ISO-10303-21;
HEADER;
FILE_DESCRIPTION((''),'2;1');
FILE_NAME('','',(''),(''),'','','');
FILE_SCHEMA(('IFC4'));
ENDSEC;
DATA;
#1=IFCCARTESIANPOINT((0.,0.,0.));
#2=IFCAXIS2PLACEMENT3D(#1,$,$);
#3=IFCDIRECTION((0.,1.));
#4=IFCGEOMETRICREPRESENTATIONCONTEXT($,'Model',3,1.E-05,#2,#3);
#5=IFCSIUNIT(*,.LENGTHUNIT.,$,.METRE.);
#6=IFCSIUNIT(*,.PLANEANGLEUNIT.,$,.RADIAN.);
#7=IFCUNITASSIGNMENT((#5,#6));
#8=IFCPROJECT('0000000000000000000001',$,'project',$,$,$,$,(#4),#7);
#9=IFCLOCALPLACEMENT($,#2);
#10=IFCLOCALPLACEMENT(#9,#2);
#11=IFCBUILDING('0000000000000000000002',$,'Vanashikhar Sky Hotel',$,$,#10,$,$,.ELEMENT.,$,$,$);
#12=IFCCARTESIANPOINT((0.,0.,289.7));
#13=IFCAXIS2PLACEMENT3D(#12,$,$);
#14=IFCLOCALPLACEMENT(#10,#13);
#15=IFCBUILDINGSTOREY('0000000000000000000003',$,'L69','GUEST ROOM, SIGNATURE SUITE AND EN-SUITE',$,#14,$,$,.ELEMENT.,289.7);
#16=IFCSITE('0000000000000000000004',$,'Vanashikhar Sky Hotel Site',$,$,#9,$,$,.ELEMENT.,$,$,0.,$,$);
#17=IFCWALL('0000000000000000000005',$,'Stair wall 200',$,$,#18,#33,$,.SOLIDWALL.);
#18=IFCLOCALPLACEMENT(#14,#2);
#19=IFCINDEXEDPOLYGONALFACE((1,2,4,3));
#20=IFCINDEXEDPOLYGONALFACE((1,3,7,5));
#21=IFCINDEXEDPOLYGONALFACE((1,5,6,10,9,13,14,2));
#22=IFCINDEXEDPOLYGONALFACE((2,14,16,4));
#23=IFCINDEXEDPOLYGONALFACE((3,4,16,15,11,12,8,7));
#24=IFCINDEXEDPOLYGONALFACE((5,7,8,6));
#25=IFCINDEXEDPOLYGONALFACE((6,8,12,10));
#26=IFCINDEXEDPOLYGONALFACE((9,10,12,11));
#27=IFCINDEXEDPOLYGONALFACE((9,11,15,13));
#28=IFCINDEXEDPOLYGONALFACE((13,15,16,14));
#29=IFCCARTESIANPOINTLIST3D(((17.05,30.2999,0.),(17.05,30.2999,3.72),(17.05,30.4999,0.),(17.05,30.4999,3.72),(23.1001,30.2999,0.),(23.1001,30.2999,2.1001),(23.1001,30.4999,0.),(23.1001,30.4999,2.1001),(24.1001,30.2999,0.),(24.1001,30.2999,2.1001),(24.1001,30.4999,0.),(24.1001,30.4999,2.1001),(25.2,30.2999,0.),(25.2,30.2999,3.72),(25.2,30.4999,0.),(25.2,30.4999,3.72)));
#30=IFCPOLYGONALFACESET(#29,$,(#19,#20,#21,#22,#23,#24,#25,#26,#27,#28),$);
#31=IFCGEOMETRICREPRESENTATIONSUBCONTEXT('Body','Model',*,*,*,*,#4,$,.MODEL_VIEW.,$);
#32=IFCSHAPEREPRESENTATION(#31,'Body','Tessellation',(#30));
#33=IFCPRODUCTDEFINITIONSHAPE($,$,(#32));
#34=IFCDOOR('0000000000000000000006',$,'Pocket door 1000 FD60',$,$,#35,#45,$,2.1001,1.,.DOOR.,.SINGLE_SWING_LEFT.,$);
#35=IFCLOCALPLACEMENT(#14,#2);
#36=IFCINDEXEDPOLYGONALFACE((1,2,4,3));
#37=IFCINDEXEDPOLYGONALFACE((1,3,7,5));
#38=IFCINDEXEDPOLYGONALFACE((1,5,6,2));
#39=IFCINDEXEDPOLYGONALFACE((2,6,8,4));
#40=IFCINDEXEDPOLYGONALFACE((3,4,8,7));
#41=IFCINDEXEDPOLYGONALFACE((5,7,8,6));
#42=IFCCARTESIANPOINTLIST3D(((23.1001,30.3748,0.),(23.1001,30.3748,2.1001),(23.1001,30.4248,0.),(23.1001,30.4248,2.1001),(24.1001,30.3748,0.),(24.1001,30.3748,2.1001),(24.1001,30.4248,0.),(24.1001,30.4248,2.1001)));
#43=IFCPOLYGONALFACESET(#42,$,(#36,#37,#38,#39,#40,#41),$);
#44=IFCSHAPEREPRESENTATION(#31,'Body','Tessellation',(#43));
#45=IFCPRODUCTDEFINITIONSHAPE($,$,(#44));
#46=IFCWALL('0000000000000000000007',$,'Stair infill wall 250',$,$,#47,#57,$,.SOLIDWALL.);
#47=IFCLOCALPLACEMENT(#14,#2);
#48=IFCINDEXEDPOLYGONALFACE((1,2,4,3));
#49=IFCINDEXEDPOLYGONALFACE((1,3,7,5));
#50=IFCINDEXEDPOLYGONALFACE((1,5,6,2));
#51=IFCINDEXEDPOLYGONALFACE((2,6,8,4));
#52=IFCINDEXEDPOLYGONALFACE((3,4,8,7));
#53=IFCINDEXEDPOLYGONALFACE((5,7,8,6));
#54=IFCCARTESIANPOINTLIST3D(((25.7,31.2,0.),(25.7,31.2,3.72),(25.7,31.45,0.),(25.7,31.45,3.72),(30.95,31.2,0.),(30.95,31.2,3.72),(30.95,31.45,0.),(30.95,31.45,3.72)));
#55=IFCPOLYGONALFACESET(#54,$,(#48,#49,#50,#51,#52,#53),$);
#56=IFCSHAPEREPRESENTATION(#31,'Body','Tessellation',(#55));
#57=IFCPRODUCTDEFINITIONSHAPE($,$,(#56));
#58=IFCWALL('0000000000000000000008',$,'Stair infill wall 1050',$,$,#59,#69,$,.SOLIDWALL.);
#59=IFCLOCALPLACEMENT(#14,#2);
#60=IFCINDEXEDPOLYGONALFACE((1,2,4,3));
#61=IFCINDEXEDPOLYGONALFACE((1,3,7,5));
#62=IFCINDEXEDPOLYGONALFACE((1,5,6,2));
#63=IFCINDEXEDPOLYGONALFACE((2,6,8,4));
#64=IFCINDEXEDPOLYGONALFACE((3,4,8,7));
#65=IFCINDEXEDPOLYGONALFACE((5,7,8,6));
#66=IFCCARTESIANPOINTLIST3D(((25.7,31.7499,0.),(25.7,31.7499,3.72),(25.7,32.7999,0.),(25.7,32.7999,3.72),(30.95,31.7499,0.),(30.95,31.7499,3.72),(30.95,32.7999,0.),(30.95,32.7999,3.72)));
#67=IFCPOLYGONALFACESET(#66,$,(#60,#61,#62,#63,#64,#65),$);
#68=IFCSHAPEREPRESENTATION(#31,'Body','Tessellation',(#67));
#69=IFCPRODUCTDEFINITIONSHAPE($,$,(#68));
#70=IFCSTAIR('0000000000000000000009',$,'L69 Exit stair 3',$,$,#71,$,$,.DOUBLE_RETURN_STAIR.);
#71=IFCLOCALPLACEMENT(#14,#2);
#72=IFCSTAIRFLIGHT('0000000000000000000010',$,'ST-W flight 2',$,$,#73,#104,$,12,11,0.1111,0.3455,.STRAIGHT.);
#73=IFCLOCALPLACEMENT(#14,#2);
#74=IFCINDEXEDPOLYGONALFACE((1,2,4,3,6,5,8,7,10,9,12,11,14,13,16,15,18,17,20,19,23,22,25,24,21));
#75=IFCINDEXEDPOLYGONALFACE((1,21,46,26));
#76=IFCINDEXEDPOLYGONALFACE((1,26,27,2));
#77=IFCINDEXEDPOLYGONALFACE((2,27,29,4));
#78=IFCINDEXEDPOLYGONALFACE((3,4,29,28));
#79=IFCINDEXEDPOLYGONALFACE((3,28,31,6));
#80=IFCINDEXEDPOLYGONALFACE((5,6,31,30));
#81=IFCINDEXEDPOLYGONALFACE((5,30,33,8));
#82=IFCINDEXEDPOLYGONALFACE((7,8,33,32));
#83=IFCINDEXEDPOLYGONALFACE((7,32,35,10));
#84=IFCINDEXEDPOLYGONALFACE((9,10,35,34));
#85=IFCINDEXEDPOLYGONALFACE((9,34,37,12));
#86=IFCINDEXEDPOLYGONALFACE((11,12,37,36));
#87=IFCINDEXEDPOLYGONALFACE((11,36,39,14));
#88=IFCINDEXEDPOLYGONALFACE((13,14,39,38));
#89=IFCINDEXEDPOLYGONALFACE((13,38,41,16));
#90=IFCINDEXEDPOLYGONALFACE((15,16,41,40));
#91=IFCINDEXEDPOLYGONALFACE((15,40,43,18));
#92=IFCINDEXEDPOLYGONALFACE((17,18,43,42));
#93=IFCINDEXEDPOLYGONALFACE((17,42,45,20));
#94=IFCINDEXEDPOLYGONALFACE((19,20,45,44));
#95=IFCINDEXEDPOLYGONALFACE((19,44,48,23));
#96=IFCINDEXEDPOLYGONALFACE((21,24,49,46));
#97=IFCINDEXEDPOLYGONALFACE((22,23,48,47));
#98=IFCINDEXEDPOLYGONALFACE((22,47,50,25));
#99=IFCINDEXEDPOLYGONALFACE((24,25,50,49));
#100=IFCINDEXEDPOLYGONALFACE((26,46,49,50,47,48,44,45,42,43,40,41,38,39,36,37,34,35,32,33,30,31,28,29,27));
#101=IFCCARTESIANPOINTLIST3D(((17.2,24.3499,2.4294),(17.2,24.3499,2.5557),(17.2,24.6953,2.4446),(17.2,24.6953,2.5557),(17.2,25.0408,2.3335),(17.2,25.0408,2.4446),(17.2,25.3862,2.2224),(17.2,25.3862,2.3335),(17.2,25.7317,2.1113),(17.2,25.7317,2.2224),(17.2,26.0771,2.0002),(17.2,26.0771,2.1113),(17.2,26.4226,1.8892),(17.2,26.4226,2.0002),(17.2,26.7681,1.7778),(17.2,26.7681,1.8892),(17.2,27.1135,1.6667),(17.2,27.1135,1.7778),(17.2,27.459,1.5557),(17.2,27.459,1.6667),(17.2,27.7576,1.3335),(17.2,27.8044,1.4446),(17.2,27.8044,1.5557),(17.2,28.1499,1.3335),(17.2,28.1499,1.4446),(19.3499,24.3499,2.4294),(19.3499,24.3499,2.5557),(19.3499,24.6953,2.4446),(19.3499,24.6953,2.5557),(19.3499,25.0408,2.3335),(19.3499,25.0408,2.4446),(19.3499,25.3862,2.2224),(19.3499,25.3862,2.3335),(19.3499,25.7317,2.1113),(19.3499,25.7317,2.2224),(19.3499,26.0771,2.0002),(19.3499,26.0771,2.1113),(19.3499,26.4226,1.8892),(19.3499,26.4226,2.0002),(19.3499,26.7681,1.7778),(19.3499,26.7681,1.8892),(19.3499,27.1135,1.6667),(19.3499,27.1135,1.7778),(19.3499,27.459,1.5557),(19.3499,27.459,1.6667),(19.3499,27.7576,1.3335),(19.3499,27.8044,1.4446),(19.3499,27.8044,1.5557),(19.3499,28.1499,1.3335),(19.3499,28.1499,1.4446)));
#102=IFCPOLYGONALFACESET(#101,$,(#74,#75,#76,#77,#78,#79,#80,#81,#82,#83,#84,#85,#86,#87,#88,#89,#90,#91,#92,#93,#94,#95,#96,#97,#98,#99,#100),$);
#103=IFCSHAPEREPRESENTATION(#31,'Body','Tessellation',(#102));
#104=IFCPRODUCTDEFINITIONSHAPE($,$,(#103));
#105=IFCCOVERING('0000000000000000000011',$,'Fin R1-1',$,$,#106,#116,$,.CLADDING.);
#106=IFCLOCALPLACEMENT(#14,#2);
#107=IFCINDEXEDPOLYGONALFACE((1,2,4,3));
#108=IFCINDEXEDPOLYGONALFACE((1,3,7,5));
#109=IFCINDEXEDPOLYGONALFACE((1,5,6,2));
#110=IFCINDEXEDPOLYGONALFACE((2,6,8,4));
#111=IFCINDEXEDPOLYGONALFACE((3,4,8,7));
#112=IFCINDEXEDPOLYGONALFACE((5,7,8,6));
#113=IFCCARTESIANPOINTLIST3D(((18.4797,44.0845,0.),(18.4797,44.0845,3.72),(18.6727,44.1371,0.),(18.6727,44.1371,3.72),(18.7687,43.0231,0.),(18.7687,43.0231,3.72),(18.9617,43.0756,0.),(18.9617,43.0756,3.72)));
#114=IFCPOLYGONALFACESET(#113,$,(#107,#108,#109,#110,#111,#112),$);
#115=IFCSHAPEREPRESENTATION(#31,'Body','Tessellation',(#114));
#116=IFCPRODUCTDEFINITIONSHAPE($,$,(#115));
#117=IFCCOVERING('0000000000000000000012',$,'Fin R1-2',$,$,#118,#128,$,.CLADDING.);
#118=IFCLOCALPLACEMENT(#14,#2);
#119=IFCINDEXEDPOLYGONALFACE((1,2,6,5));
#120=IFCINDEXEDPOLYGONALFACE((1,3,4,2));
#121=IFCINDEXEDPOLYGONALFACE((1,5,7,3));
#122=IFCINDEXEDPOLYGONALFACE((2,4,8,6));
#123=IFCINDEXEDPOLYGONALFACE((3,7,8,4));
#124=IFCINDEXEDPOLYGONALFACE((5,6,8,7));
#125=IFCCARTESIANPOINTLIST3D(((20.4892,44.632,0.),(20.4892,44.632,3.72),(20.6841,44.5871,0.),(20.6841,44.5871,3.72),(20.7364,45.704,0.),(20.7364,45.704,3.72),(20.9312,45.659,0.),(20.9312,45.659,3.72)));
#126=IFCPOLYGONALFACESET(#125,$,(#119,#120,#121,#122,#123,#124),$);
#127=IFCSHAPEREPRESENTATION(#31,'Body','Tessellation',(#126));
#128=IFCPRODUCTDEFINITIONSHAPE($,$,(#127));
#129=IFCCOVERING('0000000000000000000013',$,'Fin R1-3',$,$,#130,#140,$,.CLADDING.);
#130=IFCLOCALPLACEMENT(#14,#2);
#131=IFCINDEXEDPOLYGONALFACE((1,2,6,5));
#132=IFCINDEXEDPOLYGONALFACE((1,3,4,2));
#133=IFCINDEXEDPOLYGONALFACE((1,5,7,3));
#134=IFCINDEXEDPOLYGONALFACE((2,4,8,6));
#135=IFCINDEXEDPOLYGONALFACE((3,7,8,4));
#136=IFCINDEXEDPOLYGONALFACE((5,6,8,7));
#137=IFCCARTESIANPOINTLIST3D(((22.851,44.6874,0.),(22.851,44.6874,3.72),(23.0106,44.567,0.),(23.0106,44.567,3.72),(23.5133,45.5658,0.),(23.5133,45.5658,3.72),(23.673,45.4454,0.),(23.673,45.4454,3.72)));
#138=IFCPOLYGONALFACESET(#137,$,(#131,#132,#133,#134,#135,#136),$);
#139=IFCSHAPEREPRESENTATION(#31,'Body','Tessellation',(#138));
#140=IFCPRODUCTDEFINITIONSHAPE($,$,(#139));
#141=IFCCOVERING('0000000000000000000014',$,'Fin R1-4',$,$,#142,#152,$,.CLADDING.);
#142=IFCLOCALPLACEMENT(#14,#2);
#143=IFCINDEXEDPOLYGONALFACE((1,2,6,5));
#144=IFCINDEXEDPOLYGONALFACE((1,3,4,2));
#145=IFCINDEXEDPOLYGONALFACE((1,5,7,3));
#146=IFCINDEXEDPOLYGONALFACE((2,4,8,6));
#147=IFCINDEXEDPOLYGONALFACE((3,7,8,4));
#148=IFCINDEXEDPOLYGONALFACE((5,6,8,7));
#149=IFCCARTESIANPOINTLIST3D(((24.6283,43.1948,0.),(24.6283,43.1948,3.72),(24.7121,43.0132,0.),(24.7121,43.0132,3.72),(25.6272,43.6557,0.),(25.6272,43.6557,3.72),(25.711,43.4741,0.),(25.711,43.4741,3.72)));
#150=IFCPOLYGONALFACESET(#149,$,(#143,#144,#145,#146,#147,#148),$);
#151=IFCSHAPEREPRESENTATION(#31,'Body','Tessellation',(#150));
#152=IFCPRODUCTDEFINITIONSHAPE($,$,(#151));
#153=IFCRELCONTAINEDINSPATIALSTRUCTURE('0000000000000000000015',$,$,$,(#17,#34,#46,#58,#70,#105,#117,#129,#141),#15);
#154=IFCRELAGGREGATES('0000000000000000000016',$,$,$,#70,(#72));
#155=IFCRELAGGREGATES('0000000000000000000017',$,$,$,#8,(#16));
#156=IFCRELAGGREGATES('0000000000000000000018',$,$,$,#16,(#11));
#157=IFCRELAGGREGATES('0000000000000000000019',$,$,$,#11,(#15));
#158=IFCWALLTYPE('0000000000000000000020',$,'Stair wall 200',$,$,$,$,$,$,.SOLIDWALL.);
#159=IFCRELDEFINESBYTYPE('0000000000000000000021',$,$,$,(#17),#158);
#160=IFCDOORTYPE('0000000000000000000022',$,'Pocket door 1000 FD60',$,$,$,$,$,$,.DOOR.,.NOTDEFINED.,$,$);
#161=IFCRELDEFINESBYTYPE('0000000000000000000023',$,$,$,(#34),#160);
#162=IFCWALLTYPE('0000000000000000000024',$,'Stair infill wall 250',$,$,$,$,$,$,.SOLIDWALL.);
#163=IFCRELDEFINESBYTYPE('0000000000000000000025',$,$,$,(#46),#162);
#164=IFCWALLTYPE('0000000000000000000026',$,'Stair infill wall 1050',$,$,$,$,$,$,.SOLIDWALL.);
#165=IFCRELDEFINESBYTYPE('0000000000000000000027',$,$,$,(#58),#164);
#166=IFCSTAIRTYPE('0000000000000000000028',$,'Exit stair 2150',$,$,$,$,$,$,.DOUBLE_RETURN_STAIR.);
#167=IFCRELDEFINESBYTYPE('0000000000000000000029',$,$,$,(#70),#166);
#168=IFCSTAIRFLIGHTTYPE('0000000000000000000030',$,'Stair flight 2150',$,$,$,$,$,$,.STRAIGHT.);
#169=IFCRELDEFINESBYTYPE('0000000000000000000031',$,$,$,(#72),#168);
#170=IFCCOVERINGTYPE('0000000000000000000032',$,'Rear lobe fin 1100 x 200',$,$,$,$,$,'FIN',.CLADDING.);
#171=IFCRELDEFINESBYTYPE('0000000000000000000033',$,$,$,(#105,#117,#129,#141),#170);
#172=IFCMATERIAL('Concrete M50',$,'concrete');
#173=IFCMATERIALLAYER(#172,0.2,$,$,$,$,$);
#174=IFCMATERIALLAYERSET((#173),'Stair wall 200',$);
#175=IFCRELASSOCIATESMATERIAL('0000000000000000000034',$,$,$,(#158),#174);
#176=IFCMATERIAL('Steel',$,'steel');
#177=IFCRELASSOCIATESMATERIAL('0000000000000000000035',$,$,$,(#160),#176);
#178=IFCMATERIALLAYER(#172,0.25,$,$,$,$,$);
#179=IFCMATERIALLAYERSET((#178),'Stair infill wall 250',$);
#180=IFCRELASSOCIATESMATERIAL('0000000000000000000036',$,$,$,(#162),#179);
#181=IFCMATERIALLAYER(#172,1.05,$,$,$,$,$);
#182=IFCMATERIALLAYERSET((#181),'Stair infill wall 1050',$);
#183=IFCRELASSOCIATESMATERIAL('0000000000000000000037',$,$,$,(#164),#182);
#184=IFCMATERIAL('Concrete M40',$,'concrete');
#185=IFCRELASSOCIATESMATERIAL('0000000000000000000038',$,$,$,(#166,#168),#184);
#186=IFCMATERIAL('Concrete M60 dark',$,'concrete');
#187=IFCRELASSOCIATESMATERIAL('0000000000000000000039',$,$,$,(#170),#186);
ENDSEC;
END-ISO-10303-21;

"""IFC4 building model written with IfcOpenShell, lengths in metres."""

from ifc_helpers import new_model, si_unit, direction, frame, frame_2d, origin, origin_2d, place, context, subcontext, project, spatial, polyline, rectangle, outline, extrude, source, transform, mapped, material, layer, layer_set, material_profile, profile_set, type_object, element, fill, aggregate, save


model = new_model("IFC4")

# Units and contexts
model_context = context("Model", 3, precision=1e-05, world=origin(), true_north=direction((0.0, 1.0)))
body_context = subcontext(model_context, "Body", "Model", "MODEL_VIEW")
ifc_project = project(units=[si_unit("LENGTHUNIT", "METRE"), si_unit("PLANEANGLEUNIT", "RADIAN")], contexts=[model_context])

# Site, building, storey
site_placement = place(None, origin())
site = spatial("IfcSite", under=ifc_project, at=site_placement, Name="Vanashikhar Sky Hotel Site", CompositionType="ELEMENT", RefElevation=0.0)
building_placement = place(site_placement, origin())
building = spatial("IfcBuilding", under=site, at=building_placement, Name="Vanashikhar Sky Hotel", CompositionType="ELEMENT")
storey_placement = place(building_placement, frame((0.0, 0.0, 289.7)))
storey = spatial("IfcBuildingStorey", under=building, at=storey_placement, Name="L69", Description="GUEST ROOM, SIGNATURE SUITE AND EN-SUITE", CompositionType="ELEMENT", Elevation=289.7)

# Shared definitions
ifc_material_1 = material(Name="Concrete M50", Category="concrete")

# Wall, opening, door
ifc_layer_1 = layer(ifc_material_1, 0.2)
ifc_layer_set_1 = layer_set([ifc_layer_1], Name="Stair wall 200")
wall_type_1 = type_object("IfcWallType", Name="Stair wall 200", PredefinedType="SOLIDWALL", material=ifc_layer_set_1)
shared_shape_1 = source(origin(), body_context, "Body", "SweptSolid", [
    extrude(rectangle(XDim=8.1499, YDim=0.2, at=frame_2d((4.075, 0.0))), origin(), (0.0, 0.0, 1.0), 3.72),
])
wall_1_placement = place(storey_placement, frame((17.05, 30.3999, 0.0), z_axis=(0.0, 0.0, 1.0), x_axis=(1.0, 0.0, 0.0)))
wall_1 = element("IfcWall", 1, at=wall_1_placement, inside=storey, type_object=wall_type_1, Name="Stair wall 200", PredefinedType="SOLIDWALL", context=body_context, shape_type="MappedRepresentation", body=[
    mapped(shared_shape_1, transform((0.0, 0.0, 0.0), scale=1.0)),
])
shared_shape_2 = source(origin(), body_context, "Body", "SweptSolid", [
    extrude(rectangle(XDim=1.0, YDim=2.1001, at=frame_2d((0.5, 1.05))), frame((0.0, 0.1099, 0.0), z_axis=(0.0, -1.0, 0.0), x_axis=(1.0, 0.0, 0.0)), (0.0, 0.0, 1.0), 0.22),
])
opening_1_placement = place(wall_1_placement, frame((6.05, 0.0, 0.0)))
opening_1 = element("IfcOpeningElement", 2, at=opening_1_placement, cuts=wall_1, PredefinedType="OPENING", context=body_context, shape_type="MappedRepresentation", body=[
    mapped(shared_shape_2, transform((0.0, 0.0, 0.0), scale=1.0)),
])
ifc_material_2 = material(Name="Steel", Category="steel")
door_type_1 = type_object("IfcDoorType", Name="Pocket door 1000 FD60", OperationType="NOTDEFINED", PredefinedType="DOOR", material=ifc_material_2)
shared_shape_3 = source(origin(), body_context, "Body", "SweptSolid", [
    extrude(rectangle(XDim=1.0, YDim=2.1001, at=frame_2d((0.5, 1.05))), frame((0.0, 0.0249, 0.0), z_axis=(0.0, -1.0, 0.0), x_axis=(1.0, 0.0, 0.0)), (0.0, 0.0, 1.0), 0.05),
])
door_1_placement = place(opening_1_placement, origin())
door_1 = element("IfcDoor", 3, at=door_1_placement, inside=storey, type_object=door_type_1, Name="Pocket door 1000 FD60", OperationType="SINGLE_SWING_LEFT", OverallHeight=2.1001, OverallWidth=1.0, PredefinedType="DOOR", context=body_context, shape_type="MappedRepresentation", body=[
    mapped(shared_shape_3, transform((0.0, 0.0, 0.0), scale=1.0)),
])
fill(opening_1, door_1)

# Walls
ifc_layer_2 = layer(ifc_material_1, 0.25)
ifc_layer_set_2 = layer_set([ifc_layer_2], Name="Stair infill wall 250")
wall_type_2 = type_object("IfcWallType", Name="Stair infill wall 250", PredefinedType="SOLIDWALL", material=ifc_layer_set_2)
shared_shape_4 = source(origin(), body_context, "Body", "SweptSolid", [
    extrude(rectangle(XDim=5.25, YDim=0.25, at=frame_2d((2.625, 0.0))), origin(), (0.0, 0.0, 1.0), 3.72),
])
wall_2_placement = place(storey_placement, frame((25.7, 31.325, 0.0), z_axis=(0.0, 0.0, 1.0), x_axis=(1.0, 0.0, 0.0)))
element("IfcWall", 4, at=wall_2_placement, inside=storey, type_object=wall_type_2, Name="Stair infill wall 250", PredefinedType="SOLIDWALL", context=body_context, shape_type="MappedRepresentation", body=[
    mapped(shared_shape_4, transform((0.0, 0.0, 0.0), scale=1.0)),
])
ifc_layer_3 = layer(ifc_material_1, 1.05)
ifc_layer_set_3 = layer_set([ifc_layer_3], Name="Stair infill wall 1050")
wall_type_3 = type_object("IfcWallType", Name="Stair infill wall 1050", PredefinedType="SOLIDWALL", material=ifc_layer_set_3)
shared_shape_5 = source(origin(), body_context, "Body", "SweptSolid", [
    extrude(rectangle(XDim=5.25, YDim=1.05, at=frame_2d((2.625, 0.0))), origin(), (0.0, 0.0, 1.0), 3.72),
])
wall_3_placement = place(storey_placement, frame((25.7, 32.2749, 0.0), z_axis=(0.0, 0.0, 1.0), x_axis=(1.0, 0.0, 0.0)))
element("IfcWall", 5, at=wall_3_placement, inside=storey, type_object=wall_type_3, Name="Stair infill wall 1050", PredefinedType="SOLIDWALL", context=body_context, shape_type="MappedRepresentation", body=[
    mapped(shared_shape_5, transform((0.0, 0.0, 0.0), scale=1.0)),
])

# Stair, stair flight
ifc_material_3 = material(Name="Concrete M40", Category="concrete")
stair_type = type_object("IfcStairType", Name="Exit stair 2150", PredefinedType="DOUBLE_RETURN_STAIR", material=ifc_material_3)
stair_placement = place(storey_placement, origin())
stair = element("IfcStair", 6, at=stair_placement, inside=storey, type_object=stair_type, Name="L69 Exit stair 3", PredefinedType="DOUBLE_RETURN_STAIR")
stair_flight_type = type_object("IfcStairFlightType", Name="Stair flight 2150", PredefinedType="STRAIGHT", material=ifc_material_3)
shared_shape_6 = source(origin(), body_context, "Body", "SweptSolid", [
    extrude(outline(polyline([(0.0, 0.0), (0.0, 0.1111), (0.3455, 0.1111), (0.3455, 0.2222), (0.6909, 0.2222), (0.6909, 0.3333), (1.0364, 0.3333), (1.0364, 0.4443), (1.3818, 0.4443), (1.3818, 0.5557), (1.7273, 0.5557), (1.7273, 0.6667), (2.0728, 0.6667), (2.0728, 0.7778), (2.4182, 0.7778), (2.4182, 0.8889), (2.7637, 0.8889), (2.7637, 1.0), (3.1091, 1.0), (3.1091, 1.1111), (3.4546, 1.1111), (3.4546, 1.2222), (3.8, 1.2222), (3.8, 1.3333), (3.8, 1.0959), (0.3923, 0.0), (0.0, 0.0)])), frame((0.0, 1.075, 0.0), z_axis=(0.0, -1.0, 0.0), x_axis=(1.0, 0.0, 0.0)), (0.0, 0.0, 1.0), 2.1499),
])
stair_flight_placement = place(storey_placement, frame((18.2749, 28.1499, 1.3335), z_axis=(0.0, 0.0, 1.0), x_axis=(0.0, -1.0, 0.0)))
stair_flight = element("IfcStairFlight", 7, at=stair_flight_placement, type_object=stair_flight_type, Name="ST-W flight 2", NumberOfRisers=12, NumberOfTreads=11, PredefinedType="STRAIGHT", RiserHeight=0.1111, TreadLength=0.3455, context=body_context, shape_type="MappedRepresentation", body=[
    mapped(shared_shape_6, transform((0.0, 0.0, 0.0), scale=1.0)),
])
aggregate(stair, [stair_flight])

# Coverings
ifc_material_4 = material(Name="Concrete M60 dark", Category="concrete")
ifc_material_profile = material_profile(ifc_material_4, rectangle(XDim=1.1001, YDim=0.2, at=origin_2d()))
ifc_profile_set = profile_set([ifc_material_profile], Name="Rear lobe fin 1100 x 200")
covering_type = type_object("IfcCoveringType", Name="Rear lobe fin 1100 x 200", ElementType="FIN", PredefinedType="CLADDING", material=ifc_profile_set)
shared_shape_7 = source(origin(), body_context, "Body", "SweptSolid", [
    extrude(rectangle(XDim=1.1001, YDim=0.2, at=origin_2d()), origin(), (0.0, 0.0, 1.0), 3.72),
])
for number, where, z_axis, x_axis, name in (
    (8, (18.7207, 43.5801, 0.0), (0.0, 0.0, 1.0), (-0.262711, 0.964874, 0.0), "Fin R1-1"),
    (9, (20.7102, 45.1455, 0.0), (0.0, 0.0, 1.0), (0.224645, 0.974441, 0.0), "Fin R1-2"),
    (10, (23.262, 45.0664, 0.0), (0.0, 0.0, 1.0), (0.602066, 0.798446, 0.0), "Fin R1-3"),
    (11, (25.1697, 43.3345, 0.0), (0.0, 0.0, 1.0), (0.908004, 0.418961, 0.0), "Fin R1-4"),
):
    element("IfcCovering", number, at=place(storey_placement, frame(where, z_axis=z_axis, x_axis=x_axis)), inside=storey, type_object=covering_type, Name=name, PredefinedType="CLADDING", context=body_context, shape_type="MappedRepresentation", body=[
        mapped(shared_shape_7, transform((0.0, 0.0, 0.0), scale=1.0)),
    ])

save(model, "model.ifc")
